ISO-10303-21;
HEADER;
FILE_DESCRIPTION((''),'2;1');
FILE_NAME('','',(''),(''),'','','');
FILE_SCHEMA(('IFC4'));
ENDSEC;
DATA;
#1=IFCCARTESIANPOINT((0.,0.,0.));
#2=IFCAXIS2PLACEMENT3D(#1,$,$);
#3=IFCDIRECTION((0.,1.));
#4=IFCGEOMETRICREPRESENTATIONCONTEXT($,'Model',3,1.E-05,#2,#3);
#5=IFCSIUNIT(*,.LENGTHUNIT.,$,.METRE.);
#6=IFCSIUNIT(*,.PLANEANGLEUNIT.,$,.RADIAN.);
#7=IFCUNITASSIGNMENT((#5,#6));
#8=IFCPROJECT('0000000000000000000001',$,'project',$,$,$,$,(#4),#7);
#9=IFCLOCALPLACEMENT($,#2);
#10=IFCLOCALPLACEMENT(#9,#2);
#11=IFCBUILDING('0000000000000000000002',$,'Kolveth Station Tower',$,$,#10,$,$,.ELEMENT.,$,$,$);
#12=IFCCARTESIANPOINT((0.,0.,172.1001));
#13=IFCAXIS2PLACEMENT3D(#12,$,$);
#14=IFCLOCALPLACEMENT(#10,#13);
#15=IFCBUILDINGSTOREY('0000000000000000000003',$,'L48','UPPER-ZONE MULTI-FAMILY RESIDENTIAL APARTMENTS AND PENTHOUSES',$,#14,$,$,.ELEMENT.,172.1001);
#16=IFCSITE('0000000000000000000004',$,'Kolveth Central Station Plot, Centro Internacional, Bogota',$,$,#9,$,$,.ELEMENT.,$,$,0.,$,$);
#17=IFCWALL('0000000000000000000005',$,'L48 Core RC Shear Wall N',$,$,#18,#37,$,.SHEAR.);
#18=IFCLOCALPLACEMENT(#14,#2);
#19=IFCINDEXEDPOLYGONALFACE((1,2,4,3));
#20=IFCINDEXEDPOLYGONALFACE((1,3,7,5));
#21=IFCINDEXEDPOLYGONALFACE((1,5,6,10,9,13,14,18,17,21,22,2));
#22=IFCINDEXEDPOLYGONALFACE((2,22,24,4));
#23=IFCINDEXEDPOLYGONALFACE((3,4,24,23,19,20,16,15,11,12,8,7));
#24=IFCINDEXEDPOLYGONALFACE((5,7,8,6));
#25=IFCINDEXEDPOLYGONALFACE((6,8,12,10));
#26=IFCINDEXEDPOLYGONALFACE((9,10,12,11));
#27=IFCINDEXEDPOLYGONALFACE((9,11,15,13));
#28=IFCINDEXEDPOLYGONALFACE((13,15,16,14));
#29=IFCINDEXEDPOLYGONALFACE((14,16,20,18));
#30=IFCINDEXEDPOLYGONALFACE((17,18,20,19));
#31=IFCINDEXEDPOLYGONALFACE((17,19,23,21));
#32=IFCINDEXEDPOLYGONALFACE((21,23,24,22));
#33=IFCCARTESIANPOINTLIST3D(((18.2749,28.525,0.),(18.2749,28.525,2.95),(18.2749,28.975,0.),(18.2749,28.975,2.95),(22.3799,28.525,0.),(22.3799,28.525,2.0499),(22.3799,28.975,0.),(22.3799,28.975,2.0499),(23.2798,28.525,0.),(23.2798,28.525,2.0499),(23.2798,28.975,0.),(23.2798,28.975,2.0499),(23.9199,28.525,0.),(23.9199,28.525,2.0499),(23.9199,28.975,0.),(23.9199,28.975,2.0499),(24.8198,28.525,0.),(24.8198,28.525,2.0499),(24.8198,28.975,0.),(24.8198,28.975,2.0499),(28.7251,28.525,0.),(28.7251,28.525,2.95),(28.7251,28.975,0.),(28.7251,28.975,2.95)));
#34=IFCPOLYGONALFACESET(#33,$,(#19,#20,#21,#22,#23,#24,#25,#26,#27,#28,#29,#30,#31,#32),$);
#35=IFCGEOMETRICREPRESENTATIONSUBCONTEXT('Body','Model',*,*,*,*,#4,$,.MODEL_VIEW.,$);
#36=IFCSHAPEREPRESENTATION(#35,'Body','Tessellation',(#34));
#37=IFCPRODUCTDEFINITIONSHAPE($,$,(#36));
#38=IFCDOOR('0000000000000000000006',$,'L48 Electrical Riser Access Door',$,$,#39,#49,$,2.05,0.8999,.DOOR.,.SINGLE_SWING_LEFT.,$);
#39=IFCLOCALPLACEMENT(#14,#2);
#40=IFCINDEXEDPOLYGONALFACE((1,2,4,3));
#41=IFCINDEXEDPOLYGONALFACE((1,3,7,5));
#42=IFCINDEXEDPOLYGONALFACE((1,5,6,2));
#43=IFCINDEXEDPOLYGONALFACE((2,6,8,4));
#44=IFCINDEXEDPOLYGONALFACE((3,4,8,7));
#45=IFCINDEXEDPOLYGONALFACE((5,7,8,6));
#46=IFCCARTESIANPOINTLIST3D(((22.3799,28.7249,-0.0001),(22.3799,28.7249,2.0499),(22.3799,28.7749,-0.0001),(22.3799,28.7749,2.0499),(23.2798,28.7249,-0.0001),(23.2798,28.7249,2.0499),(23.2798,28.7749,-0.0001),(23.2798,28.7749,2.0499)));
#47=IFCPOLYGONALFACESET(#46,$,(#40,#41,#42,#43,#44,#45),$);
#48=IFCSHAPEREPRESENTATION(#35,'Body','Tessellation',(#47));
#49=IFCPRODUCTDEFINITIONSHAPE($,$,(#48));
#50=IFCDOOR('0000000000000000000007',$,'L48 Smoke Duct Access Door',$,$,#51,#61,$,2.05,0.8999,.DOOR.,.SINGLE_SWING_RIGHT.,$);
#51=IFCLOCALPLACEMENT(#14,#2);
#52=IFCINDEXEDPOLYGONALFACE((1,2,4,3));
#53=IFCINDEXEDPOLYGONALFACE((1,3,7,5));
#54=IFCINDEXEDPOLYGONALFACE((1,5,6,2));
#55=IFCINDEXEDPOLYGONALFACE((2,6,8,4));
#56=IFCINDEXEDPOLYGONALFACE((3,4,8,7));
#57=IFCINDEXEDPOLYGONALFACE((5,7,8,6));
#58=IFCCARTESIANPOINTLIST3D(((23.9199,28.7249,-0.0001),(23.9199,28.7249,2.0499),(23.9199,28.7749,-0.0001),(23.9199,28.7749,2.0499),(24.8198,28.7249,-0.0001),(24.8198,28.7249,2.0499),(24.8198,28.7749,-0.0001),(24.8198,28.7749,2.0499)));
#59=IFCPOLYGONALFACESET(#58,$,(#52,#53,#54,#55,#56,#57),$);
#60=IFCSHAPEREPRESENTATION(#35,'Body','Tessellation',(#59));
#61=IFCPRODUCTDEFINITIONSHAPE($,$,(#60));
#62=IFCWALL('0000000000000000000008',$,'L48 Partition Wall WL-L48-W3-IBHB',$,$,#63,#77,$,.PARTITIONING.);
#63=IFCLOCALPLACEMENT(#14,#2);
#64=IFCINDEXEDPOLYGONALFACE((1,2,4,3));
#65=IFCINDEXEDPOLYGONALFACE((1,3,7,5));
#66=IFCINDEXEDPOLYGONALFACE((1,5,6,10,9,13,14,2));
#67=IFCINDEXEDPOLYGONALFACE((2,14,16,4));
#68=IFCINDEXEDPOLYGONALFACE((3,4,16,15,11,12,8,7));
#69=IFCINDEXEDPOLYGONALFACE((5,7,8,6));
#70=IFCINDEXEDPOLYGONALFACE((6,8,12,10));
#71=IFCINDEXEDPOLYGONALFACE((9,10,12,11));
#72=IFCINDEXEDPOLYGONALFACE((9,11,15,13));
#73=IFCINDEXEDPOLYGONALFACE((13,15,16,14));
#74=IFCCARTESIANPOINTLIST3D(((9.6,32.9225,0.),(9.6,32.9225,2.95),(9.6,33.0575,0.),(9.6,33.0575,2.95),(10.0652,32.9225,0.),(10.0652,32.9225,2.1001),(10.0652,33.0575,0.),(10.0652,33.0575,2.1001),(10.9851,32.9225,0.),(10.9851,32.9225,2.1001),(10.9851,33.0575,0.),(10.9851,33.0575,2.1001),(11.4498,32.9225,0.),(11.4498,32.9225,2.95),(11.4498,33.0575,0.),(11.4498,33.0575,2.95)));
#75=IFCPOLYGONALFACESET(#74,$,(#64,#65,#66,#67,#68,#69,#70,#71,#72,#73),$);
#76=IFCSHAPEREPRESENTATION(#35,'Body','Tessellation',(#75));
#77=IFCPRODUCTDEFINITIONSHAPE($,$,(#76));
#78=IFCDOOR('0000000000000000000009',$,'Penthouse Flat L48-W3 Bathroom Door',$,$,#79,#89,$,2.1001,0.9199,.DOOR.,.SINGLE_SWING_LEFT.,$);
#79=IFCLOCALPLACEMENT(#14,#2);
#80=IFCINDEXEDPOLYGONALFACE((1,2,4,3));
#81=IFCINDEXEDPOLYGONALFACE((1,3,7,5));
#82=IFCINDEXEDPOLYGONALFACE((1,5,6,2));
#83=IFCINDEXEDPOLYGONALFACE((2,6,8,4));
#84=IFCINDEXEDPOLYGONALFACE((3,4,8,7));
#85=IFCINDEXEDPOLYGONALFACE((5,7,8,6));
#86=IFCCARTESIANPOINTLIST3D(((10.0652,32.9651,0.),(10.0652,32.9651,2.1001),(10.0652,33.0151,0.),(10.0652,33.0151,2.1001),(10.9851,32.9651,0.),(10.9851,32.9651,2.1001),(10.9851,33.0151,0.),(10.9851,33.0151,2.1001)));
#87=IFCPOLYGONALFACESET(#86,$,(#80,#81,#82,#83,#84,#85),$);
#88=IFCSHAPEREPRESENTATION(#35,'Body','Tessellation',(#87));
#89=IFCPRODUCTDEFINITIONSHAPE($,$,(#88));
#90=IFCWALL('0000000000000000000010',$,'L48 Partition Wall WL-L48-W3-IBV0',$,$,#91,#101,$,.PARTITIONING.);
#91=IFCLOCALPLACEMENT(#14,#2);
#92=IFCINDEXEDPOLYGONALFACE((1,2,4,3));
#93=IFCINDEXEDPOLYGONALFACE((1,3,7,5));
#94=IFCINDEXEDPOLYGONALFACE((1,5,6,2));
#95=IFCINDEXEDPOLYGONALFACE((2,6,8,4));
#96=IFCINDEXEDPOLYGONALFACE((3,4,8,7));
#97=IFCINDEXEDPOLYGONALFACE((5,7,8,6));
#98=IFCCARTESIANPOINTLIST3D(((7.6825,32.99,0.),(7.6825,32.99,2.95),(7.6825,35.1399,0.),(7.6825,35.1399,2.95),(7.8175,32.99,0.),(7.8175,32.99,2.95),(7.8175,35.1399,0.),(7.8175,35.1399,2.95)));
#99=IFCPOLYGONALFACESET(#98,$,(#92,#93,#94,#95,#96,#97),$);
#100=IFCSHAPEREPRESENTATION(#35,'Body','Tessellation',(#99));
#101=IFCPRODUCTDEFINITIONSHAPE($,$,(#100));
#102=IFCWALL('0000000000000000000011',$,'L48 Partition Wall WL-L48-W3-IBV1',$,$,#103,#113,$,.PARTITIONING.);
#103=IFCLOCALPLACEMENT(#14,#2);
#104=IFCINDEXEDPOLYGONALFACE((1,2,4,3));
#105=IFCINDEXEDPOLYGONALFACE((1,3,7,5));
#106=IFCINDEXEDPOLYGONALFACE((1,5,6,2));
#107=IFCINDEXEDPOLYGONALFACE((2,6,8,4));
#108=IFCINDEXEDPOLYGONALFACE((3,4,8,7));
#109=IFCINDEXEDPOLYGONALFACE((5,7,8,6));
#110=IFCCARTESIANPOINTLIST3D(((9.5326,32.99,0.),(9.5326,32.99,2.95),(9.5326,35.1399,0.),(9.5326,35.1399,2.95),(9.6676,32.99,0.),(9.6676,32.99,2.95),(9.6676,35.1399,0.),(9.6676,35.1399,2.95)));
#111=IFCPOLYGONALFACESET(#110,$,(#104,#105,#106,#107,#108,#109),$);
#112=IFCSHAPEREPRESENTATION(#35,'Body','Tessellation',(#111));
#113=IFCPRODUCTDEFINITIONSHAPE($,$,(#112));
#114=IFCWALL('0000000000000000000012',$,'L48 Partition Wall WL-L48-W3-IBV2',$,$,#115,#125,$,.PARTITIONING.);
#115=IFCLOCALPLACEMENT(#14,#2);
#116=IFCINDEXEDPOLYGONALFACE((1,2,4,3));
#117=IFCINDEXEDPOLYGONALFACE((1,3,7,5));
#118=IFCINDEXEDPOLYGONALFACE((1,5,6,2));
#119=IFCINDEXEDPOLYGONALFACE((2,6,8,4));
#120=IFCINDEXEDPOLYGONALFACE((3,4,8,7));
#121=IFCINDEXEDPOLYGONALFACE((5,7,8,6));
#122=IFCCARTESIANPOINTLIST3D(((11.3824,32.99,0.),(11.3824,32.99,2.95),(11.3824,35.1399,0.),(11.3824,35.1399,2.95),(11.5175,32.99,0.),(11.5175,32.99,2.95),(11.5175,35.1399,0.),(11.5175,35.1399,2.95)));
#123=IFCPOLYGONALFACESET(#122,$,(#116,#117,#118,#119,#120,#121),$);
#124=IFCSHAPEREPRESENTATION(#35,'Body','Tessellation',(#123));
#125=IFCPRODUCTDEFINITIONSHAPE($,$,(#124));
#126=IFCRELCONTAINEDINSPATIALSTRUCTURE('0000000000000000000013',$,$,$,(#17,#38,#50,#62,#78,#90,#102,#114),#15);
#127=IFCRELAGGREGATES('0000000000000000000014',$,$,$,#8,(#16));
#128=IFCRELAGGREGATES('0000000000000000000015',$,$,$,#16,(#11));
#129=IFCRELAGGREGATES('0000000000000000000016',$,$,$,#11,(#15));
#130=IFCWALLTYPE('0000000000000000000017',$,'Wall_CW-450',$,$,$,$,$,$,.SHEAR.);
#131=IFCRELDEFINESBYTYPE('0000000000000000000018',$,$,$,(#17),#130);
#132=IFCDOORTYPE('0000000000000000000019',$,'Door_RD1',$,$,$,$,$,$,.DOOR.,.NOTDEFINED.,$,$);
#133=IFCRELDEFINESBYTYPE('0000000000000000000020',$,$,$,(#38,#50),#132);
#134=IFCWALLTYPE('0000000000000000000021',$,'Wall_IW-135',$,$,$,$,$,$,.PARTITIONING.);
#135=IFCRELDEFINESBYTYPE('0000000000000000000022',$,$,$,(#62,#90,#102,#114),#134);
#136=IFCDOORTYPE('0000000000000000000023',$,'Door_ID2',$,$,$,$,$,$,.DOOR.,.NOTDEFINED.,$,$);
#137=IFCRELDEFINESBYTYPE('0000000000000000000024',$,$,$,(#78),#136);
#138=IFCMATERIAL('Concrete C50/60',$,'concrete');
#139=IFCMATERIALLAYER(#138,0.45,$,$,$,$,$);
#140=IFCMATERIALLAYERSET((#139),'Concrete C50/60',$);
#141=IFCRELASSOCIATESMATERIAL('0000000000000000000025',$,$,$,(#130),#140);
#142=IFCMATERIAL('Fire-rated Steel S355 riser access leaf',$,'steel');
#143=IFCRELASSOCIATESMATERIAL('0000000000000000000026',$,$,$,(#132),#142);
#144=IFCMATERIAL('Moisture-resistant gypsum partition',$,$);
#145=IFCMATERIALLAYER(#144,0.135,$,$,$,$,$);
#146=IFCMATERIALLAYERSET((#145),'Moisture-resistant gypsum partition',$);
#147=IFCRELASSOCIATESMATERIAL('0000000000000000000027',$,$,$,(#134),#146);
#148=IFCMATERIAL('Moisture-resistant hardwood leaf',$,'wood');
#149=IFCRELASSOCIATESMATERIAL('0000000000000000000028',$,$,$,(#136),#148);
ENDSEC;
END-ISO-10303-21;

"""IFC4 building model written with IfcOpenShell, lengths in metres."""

from ifc_helpers import new_model, si_unit, direction, frame, frame_2d, origin, place, context, subcontext, project, spatial, rectangle, extrude, material, layer, layer_set, type_object, element, fill, save


model = new_model("IFC4")

# Units and contexts
model_context = context("Model", 3, precision=1e-05, world=origin(), true_north=direction((0.0, 1.0)))
body_context = subcontext(model_context, "Body", "Model", "MODEL_VIEW")
ifc_project = project(units=[si_unit("LENGTHUNIT", "METRE"), si_unit("PLANEANGLEUNIT", "RADIAN")], contexts=[model_context])

# Site, building, storey
site_placement = place(None, origin())
site = spatial("IfcSite", under=ifc_project, at=site_placement, Name="Kolveth Central Station Plot, Centro Internacional, Bogota", CompositionType="ELEMENT", RefElevation=0.0)
building_placement = place(site_placement, origin())
building = spatial("IfcBuilding", under=site, at=building_placement, Name="Kolveth Station Tower", CompositionType="ELEMENT")
storey_placement = place(building_placement, frame((0.0, 0.0, 172.1001)))
storey = spatial("IfcBuildingStorey", under=building, at=storey_placement, Name="L48", Description="UPPER-ZONE MULTI-FAMILY RESIDENTIAL APARTMENTS AND PENTHOUSES", CompositionType="ELEMENT", Elevation=172.1001)

# Wall, openings, doors
ifc_material_1 = material(Name="Concrete C50/60", Category="concrete")
ifc_layer_1 = layer(ifc_material_1, 0.45)
ifc_layer_set_1 = layer_set([ifc_layer_1], Name="Concrete C50/60")
wall_type_1 = type_object("IfcWallType", Name="Wall_CW-450", PredefinedType="SHEAR", material=ifc_layer_set_1)
wall_1_placement = place(storey_placement, frame((18.2749, 28.75, 0.0), z_axis=(0.0, 0.0, 1.0), x_axis=(1.0, 0.0, 0.0)))
wall_1 = element("IfcWall", 1, at=wall_1_placement, inside=storey, type_object=wall_type_1, Name="L48 Core RC Shear Wall N", PredefinedType="SHEAR", context=body_context, shape_type="SweptSolid", body=[
    extrude(rectangle(XDim=10.4502, YDim=0.45, at=frame_2d((5.2251, 0.0))), origin(), (0.0, 0.0, 1.0), 2.95),
])
opening_1_placement = place(wall_1_placement, frame((4.105, 0.0, 0.0)))
opening_1 = element("IfcOpeningElement", 2, at=opening_1_placement, cuts=wall_1, PredefinedType="OPENING", context=body_context, shape_type="SweptSolid", body=[
    extrude(rectangle(XDim=0.8999, YDim=2.05, at=frame_2d((0.45, 1.0249))), frame((0.0, 0.2349, 0.0), z_axis=(0.0, -1.0, 0.0), x_axis=(1.0, 0.0, 0.0)), (0.0, 0.0, 1.0), 0.47),
])
opening_2_placement = place(wall_1_placement, frame((5.645, 0.0, 0.0)))
opening_2 = element("IfcOpeningElement", 3, at=opening_2_placement, cuts=wall_1, PredefinedType="OPENING", context=body_context, shape_type="SweptSolid", body=[
    extrude(rectangle(XDim=0.8999, YDim=2.05, at=frame_2d((0.45, 1.0249))), frame((0.0, 0.2349, 0.0), z_axis=(0.0, -1.0, 0.0), x_axis=(1.0, 0.0, 0.0)), (0.0, 0.0, 1.0), 0.47),
])
ifc_material_2 = material(Name="Fire-rated Steel S355 riser access leaf", Category="steel")
door_type_1 = type_object("IfcDoorType", Name="Door_RD1", OperationType="NOTDEFINED", PredefinedType="DOOR", material=ifc_material_2)
door_1_placement = place(opening_1_placement, origin())
door_1 = element("IfcDoor", 4, at=door_1_placement, inside=storey, type_object=door_type_1, Name="L48 Electrical Riser Access Door", OperationType="SINGLE_SWING_LEFT", OverallHeight=2.05, OverallWidth=0.8999, PredefinedType="DOOR", context=body_context, shape_type="SweptSolid", body=[
    extrude(rectangle(XDim=0.8999, YDim=2.05, at=frame_2d((0.45, 1.0249))), frame((0.0, 0.0249, 0.0), z_axis=(0.0, -1.0, 0.0), x_axis=(1.0, 0.0, 0.0)), (0.0, 0.0, 1.0), 0.05),
])
fill(opening_1, door_1)
door_2_placement = place(opening_2_placement, origin())
door_2 = element("IfcDoor", 5, at=door_2_placement, inside=storey, type_object=door_type_1, Name="L48 Smoke Duct Access Door", OperationType="SINGLE_SWING_RIGHT", OverallHeight=2.05, OverallWidth=0.8999, PredefinedType="DOOR", context=body_context, shape_type="SweptSolid", body=[
    extrude(rectangle(XDim=0.8999, YDim=2.05, at=frame_2d((0.45, 1.0249))), frame((0.0, 0.0249, 0.0), z_axis=(0.0, -1.0, 0.0), x_axis=(1.0, 0.0, 0.0)), (0.0, 0.0, 1.0), 0.05),
])
fill(opening_2, door_2)

# Wall, opening, door
ifc_material_3 = material(Name="Moisture-resistant gypsum partition")
ifc_layer_2 = layer(ifc_material_3, 0.135)
ifc_layer_set_2 = layer_set([ifc_layer_2], Name="Moisture-resistant gypsum partition")
wall_type_2 = type_object("IfcWallType", Name="Wall_IW-135", PredefinedType="PARTITIONING", material=ifc_layer_set_2)
wall_2_placement = place(storey_placement, frame((9.6001, 32.99, 0.0), z_axis=(0.0, 0.0, 1.0), x_axis=(1.0, 0.0, 0.0)))
wall_2 = element("IfcWall", 6, at=wall_2_placement, inside=storey, type_object=wall_type_2, Name="L48 Partition Wall WL-L48-W3-IBHB", PredefinedType="PARTITIONING", context=body_context, shape_type="SweptSolid", body=[
    extrude(rectangle(XDim=1.8499, YDim=0.135, at=frame_2d((0.9248, 0.0))), origin(), (0.0, 0.0, 1.0), 2.95),
])
opening_3_placement = place(wall_2_placement, frame((0.4651, 0.0, 0.0)))
opening_3 = element("IfcOpeningElement", 7, at=opening_3_placement, cuts=wall_2, PredefinedType="OPENING", context=body_context, shape_type="SweptSolid", body=[
    extrude(rectangle(XDim=0.9199, YDim=2.1001, at=frame_2d((0.46, 1.05))), frame((0.0, 0.0774, 0.0), z_axis=(0.0, -1.0, 0.0), x_axis=(1.0, 0.0, 0.0)), (0.0, 0.0, 1.0), 0.155),
])
ifc_material_4 = material(Name="Moisture-resistant hardwood leaf", Category="wood")
door_type_2 = type_object("IfcDoorType", Name="Door_ID2", OperationType="NOTDEFINED", PredefinedType="DOOR", material=ifc_material_4)
door_3_placement = place(opening_3_placement, frame((0.9199, 0.0, 0.0), z_axis=(0.0, 0.0, 1.0), x_axis=(-1.0, 0.0, 0.0)))
door_3 = element("IfcDoor", 8, at=door_3_placement, inside=storey, type_object=door_type_2, Name="Penthouse Flat L48-W3 Bathroom Door", OperationType="SINGLE_SWING_LEFT", OverallHeight=2.1001, OverallWidth=0.9199, PredefinedType="DOOR", context=body_context, shape_type="SweptSolid", body=[
    extrude(rectangle(XDim=0.9199, YDim=2.1001, at=frame_2d((0.46, 1.05))), frame((0.0, 0.0249, 0.0), z_axis=(0.0, -1.0, 0.0), x_axis=(1.0, 0.0, 0.0)), (0.0, 0.0, 1.0), 0.05),
])
fill(opening_3, door_3)

# Walls
for number, where, z_axis, x_axis, name in (
    (9, (7.75, 32.99, 0.0), (0.0, 0.0, 1.0), (0.0, 1.0, 0.0), "L48 Partition Wall WL-L48-W3-IBV0"),
    (10, (9.6001, 32.99, 0.0), (0.0, 0.0, 1.0), (0.0, 1.0, 0.0), "L48 Partition Wall WL-L48-W3-IBV1"),
    (11, (11.45, 32.99, 0.0), (0.0, 0.0, 1.0), (0.0, 1.0, 0.0), "L48 Partition Wall WL-L48-W3-IBV2"),
):
    element("IfcWall", number, at=place(storey_placement, frame(where, z_axis=z_axis, x_axis=x_axis)), inside=storey, type_object=wall_type_2, Name=name, PredefinedType="PARTITIONING", context=body_context, shape_type="SweptSolid", body=[
        extrude(rectangle(XDim=2.1499, YDim=0.135, at=frame_2d((1.075, 0.0))), origin(), (0.0, 0.0, 1.0), 2.95),
    ])

save(model, "model.ifc")
